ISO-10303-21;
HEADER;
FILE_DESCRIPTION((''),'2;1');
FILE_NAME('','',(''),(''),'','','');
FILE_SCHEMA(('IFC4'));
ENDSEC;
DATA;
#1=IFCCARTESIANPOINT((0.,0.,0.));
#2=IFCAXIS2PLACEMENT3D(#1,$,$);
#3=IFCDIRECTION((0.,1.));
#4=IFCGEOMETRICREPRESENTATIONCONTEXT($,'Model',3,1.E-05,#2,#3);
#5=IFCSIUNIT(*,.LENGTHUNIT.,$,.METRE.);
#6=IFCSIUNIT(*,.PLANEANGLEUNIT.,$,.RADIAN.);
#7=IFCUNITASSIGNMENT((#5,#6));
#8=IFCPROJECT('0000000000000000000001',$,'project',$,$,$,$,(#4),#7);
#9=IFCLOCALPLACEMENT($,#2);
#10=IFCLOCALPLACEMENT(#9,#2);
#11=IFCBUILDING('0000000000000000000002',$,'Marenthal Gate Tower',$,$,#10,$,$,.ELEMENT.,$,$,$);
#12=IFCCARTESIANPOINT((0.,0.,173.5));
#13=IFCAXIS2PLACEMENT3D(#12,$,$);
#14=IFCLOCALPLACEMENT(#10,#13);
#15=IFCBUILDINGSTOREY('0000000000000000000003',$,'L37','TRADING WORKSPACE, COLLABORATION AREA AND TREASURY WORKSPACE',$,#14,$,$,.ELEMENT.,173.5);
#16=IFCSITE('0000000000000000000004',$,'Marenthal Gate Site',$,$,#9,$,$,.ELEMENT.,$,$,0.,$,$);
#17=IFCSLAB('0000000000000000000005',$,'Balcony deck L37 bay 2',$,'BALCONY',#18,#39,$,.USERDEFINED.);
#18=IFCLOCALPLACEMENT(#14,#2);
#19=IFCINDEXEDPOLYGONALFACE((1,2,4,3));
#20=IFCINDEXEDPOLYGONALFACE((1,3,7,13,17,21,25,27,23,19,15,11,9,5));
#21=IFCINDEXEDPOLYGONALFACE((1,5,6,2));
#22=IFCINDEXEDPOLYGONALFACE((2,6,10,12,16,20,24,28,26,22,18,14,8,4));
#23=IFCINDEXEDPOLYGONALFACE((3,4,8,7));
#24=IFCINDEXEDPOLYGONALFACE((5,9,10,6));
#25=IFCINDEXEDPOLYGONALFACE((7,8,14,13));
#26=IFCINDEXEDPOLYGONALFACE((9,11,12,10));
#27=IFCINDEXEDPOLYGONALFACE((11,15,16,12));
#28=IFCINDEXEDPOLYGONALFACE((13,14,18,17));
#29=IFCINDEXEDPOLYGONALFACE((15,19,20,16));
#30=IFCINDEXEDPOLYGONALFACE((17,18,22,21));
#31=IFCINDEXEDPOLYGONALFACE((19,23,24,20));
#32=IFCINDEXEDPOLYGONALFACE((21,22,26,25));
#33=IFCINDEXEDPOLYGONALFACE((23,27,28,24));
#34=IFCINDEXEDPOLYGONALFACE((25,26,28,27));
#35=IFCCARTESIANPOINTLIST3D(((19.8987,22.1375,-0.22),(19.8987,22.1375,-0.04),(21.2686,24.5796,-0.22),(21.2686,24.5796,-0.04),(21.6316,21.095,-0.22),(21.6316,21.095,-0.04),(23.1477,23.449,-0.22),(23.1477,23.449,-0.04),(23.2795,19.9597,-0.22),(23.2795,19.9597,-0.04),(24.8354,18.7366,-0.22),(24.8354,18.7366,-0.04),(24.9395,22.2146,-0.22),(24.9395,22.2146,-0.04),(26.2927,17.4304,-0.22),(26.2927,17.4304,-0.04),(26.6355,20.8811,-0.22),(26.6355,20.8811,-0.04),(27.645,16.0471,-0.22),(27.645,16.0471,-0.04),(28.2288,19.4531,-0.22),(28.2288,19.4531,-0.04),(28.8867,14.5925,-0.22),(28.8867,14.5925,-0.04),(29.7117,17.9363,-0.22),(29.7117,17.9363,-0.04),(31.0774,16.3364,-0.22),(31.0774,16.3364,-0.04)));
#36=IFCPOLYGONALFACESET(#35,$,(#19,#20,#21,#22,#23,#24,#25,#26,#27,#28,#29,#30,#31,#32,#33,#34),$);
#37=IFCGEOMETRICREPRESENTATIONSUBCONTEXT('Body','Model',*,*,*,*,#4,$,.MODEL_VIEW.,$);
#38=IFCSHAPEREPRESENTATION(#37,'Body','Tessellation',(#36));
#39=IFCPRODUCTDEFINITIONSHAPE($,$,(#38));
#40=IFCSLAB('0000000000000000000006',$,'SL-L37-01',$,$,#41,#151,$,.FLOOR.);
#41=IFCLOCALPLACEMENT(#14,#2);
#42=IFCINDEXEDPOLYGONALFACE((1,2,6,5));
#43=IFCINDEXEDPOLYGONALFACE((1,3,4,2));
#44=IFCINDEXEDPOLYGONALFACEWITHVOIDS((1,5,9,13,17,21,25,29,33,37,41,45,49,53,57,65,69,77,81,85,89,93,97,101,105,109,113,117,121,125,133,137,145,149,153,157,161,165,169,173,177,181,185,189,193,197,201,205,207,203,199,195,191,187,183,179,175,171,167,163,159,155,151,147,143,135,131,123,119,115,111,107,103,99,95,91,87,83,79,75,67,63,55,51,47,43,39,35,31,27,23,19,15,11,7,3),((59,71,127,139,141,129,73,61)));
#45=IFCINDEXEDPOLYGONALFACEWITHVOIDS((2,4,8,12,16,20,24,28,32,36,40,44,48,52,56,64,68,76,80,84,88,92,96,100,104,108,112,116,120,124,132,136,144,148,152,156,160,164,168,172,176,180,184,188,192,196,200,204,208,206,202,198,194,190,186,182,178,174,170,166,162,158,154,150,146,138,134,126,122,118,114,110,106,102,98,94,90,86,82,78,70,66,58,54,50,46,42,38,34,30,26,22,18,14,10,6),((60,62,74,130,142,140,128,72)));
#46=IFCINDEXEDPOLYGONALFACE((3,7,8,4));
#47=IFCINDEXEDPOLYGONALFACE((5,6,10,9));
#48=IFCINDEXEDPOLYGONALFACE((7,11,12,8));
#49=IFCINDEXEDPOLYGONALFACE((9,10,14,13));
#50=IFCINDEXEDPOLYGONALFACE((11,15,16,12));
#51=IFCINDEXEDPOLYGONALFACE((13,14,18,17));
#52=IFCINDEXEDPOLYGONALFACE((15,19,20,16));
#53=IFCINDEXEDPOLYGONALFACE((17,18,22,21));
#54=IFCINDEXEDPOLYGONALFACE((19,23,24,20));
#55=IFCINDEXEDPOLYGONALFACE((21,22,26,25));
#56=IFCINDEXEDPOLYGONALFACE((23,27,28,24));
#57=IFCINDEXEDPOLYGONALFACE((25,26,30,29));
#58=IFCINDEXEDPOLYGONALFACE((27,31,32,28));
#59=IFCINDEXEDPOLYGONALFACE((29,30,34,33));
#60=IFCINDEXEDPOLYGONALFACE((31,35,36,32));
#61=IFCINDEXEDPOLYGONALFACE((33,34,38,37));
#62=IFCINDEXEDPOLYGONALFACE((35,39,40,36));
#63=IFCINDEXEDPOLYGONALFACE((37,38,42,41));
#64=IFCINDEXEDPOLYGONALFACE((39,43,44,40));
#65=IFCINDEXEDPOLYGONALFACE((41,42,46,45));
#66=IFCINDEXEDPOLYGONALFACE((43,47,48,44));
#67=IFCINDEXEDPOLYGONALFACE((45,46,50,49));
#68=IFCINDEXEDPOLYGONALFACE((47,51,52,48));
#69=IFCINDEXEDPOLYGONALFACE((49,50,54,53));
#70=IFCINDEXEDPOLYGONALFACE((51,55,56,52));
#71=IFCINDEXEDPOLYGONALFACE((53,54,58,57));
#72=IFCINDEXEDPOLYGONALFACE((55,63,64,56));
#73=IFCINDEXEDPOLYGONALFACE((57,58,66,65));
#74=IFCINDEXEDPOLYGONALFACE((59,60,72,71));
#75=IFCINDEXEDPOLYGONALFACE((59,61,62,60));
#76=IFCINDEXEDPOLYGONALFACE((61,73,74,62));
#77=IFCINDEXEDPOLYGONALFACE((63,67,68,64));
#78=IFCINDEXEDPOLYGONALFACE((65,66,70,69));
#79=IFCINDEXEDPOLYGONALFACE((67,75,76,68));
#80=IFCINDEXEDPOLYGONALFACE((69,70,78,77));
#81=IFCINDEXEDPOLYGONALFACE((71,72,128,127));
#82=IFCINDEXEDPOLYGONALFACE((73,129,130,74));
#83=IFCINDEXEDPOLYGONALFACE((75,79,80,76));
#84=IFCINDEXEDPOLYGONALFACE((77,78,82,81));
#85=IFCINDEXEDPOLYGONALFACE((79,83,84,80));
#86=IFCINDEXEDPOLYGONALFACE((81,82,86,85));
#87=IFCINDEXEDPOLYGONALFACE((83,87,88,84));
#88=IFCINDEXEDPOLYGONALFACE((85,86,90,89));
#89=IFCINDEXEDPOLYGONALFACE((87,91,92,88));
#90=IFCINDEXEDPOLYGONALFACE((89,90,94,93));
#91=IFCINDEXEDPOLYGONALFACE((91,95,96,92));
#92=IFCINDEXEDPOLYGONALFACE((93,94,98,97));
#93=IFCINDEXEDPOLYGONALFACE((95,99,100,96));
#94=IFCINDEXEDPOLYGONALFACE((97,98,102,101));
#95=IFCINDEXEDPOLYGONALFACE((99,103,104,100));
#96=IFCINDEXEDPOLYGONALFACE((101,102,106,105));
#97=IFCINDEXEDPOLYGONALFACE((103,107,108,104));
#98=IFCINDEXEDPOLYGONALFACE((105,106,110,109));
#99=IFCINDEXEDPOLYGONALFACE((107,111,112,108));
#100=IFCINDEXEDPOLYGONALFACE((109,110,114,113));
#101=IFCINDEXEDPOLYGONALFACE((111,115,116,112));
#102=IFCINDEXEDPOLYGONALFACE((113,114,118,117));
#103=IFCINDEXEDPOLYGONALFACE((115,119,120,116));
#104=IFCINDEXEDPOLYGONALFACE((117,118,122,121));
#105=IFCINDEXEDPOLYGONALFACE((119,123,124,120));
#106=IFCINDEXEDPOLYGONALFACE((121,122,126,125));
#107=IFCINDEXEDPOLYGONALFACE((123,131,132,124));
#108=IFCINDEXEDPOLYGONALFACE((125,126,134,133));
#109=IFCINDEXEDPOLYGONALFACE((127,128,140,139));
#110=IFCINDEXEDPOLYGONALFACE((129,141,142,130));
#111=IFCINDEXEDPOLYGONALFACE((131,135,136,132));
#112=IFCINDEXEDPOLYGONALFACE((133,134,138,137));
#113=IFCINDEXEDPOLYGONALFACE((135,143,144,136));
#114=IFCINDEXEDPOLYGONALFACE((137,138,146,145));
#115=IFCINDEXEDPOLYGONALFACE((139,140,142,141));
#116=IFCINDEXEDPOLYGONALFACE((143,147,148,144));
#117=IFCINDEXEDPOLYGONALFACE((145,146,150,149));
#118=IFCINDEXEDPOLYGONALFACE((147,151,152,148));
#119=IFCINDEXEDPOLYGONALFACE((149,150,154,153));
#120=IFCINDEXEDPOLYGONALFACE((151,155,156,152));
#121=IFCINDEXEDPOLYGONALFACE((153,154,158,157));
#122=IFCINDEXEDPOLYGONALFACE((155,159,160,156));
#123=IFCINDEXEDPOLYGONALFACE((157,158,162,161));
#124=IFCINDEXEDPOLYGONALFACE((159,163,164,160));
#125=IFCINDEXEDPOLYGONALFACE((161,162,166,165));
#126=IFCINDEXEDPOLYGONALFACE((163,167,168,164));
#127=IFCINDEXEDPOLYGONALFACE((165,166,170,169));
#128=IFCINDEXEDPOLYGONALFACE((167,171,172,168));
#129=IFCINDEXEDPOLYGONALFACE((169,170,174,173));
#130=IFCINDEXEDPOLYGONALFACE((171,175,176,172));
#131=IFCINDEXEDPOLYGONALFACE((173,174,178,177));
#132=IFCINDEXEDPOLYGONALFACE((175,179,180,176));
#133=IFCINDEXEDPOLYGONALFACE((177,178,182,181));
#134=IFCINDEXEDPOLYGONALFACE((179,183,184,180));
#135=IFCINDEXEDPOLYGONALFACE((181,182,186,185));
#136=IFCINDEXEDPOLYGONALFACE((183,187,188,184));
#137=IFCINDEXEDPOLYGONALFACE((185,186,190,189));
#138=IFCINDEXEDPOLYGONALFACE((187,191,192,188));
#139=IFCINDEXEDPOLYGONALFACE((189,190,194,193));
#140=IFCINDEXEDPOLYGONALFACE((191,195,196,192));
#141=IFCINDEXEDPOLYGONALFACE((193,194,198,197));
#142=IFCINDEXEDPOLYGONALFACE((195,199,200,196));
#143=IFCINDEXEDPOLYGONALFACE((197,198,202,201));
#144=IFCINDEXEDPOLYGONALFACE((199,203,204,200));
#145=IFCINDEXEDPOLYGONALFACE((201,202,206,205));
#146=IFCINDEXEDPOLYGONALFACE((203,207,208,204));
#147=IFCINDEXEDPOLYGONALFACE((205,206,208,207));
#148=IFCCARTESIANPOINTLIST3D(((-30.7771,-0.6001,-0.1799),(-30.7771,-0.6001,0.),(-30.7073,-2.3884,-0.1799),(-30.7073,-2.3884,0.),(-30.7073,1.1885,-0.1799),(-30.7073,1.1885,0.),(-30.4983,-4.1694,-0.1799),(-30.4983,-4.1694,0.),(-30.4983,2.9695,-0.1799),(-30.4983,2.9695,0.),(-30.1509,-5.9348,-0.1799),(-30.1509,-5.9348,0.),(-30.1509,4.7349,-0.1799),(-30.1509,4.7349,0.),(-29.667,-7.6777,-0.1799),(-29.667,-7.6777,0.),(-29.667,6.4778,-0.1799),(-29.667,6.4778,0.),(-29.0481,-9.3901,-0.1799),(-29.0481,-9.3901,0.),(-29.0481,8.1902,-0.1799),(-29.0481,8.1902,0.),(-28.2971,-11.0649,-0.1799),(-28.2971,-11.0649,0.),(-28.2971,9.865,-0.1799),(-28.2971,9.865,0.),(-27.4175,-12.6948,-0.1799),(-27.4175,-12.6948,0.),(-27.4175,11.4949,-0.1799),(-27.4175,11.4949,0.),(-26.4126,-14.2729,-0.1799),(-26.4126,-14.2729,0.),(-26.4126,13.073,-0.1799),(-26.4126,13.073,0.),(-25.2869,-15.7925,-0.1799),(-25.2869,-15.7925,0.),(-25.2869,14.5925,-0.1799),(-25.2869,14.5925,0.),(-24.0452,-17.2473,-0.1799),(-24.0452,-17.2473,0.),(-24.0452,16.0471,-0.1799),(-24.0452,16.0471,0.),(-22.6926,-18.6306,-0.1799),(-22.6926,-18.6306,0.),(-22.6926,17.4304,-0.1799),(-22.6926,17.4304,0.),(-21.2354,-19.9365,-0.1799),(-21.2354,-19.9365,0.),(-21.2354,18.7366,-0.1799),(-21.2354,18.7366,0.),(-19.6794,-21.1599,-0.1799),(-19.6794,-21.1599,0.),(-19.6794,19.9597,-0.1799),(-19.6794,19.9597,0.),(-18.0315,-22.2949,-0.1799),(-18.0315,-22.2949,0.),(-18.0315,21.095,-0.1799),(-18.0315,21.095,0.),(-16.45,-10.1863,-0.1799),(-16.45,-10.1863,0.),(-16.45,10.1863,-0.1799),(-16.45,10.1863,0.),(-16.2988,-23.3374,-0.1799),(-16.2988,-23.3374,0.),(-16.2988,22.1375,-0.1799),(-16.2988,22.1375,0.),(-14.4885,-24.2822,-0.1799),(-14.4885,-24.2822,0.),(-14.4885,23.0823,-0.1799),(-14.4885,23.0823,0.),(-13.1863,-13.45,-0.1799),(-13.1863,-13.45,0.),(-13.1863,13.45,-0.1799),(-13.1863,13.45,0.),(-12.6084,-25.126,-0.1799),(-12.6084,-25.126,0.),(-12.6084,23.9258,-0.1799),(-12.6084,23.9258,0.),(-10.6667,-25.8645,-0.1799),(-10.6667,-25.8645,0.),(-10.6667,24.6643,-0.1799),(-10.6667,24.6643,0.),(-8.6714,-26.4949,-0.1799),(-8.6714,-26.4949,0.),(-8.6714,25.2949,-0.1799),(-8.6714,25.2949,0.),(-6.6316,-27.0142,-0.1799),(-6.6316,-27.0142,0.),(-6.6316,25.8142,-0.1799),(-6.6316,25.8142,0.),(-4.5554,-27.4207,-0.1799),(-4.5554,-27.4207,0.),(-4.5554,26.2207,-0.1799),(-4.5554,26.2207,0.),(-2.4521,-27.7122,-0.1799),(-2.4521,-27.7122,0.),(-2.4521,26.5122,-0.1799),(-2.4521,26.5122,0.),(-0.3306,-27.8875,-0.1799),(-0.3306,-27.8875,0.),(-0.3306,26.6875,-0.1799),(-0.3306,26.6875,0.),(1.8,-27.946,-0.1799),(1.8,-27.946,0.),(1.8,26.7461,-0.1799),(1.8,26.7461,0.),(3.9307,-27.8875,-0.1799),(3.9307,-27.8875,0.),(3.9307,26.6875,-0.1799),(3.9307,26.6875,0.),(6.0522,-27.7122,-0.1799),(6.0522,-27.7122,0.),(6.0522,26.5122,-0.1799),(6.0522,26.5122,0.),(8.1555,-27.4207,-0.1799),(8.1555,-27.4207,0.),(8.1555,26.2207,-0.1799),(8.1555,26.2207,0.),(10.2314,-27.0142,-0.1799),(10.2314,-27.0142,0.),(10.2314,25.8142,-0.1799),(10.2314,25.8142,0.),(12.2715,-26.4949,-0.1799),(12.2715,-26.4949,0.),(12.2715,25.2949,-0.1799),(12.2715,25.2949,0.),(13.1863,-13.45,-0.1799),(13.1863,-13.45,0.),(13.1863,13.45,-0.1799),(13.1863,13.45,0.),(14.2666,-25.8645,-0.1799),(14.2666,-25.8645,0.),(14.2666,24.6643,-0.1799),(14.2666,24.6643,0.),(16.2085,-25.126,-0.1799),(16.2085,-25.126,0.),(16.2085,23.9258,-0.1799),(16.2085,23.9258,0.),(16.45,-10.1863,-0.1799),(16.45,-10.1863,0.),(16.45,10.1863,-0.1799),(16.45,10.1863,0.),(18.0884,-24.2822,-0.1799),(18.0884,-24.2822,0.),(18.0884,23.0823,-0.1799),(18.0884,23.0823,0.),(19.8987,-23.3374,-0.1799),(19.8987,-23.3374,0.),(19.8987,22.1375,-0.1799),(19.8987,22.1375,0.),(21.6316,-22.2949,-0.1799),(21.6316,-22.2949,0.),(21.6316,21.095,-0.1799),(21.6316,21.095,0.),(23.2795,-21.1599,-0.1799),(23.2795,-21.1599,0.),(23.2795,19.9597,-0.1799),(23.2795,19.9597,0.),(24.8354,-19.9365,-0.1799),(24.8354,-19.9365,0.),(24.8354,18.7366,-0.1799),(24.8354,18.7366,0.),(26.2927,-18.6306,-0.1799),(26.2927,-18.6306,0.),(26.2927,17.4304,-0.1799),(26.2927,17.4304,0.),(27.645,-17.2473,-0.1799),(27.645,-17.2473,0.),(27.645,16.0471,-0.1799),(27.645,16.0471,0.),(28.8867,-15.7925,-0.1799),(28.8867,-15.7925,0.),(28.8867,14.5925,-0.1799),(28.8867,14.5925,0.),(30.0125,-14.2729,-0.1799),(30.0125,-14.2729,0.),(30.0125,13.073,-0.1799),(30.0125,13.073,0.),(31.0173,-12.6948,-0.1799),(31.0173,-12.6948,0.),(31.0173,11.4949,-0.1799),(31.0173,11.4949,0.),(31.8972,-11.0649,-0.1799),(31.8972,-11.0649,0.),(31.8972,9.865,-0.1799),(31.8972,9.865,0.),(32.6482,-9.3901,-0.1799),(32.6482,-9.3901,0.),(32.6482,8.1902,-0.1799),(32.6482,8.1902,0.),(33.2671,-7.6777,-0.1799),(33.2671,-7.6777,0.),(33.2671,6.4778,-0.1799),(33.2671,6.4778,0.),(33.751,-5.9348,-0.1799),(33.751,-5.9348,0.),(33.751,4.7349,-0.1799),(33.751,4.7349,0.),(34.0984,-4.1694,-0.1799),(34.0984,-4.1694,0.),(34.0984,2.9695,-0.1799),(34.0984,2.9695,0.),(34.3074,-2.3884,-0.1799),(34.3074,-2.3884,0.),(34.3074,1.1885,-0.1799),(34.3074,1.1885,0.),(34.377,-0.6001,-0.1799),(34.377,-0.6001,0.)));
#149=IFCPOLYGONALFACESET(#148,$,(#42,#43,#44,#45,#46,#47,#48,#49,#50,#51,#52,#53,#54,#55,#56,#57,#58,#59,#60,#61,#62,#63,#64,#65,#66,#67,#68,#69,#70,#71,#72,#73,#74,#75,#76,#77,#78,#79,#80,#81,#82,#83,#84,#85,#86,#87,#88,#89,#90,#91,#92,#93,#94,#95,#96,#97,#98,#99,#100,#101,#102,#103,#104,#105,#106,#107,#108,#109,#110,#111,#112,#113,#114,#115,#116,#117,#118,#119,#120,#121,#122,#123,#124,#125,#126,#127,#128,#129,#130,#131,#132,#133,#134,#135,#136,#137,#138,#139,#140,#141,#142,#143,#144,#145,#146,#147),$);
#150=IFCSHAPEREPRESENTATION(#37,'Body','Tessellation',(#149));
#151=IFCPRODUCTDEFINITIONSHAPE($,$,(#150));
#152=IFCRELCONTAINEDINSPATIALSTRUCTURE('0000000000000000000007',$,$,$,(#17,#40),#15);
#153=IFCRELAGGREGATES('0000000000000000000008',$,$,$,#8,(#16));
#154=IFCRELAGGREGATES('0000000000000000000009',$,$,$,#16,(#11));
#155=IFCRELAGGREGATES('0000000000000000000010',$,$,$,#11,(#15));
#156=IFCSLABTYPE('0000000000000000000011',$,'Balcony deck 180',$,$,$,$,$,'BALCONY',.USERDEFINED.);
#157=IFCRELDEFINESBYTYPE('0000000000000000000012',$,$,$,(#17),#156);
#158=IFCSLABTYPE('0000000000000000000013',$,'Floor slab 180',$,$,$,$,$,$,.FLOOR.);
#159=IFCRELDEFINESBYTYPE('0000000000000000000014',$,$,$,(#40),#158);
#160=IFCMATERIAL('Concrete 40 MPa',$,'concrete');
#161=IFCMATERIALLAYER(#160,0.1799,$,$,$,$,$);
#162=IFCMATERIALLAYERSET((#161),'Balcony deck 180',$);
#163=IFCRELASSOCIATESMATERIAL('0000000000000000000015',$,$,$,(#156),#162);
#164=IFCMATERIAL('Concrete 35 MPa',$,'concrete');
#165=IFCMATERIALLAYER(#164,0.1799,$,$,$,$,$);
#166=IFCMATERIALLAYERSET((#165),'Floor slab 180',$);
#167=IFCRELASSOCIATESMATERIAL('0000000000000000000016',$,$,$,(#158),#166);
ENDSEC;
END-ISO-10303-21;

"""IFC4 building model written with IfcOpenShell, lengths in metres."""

from ifc_helpers import new_model, si_unit, direction, frame, origin, place, context, subcontext, project, spatial, polyline, outline, extrude, material, layer, layer_set, type_object, element, save


model = new_model("IFC4")

# Units and contexts
model_context = context("Model", 3, precision=1e-05, world=origin(), true_north=direction((0.0, 1.0)))
body_context = subcontext(model_context, "Body", "Model", "MODEL_VIEW")
ifc_project = project(units=[si_unit("LENGTHUNIT", "METRE"), si_unit("PLANEANGLEUNIT", "RADIAN")], contexts=[model_context])

# Site, building, storey
site_placement = place(None, origin())
site = spatial("IfcSite", under=ifc_project, at=site_placement, Name="Marenthal Gate Site", CompositionType="ELEMENT", RefElevation=0.0)
building_placement = place(site_placement, origin())
building = spatial("IfcBuilding", under=site, at=building_placement, Name="Marenthal Gate Tower", CompositionType="ELEMENT")
storey_placement = place(building_placement, frame((0.0, 0.0, 173.5)))
storey = spatial("IfcBuildingStorey", under=building, at=storey_placement, Name="L37", Description="TRADING WORKSPACE, COLLABORATION AREA AND TREASURY WORKSPACE", CompositionType="ELEMENT", Elevation=173.5)

# Slabs
ifc_material_1 = material(Name="Concrete 40 MPa", Category="concrete")
ifc_layer_1 = layer(ifc_material_1, 0.1799)
ifc_layer_set_1 = layer_set([ifc_layer_1], Name="Balcony deck 180")
slab_type_1 = type_object("IfcSlabType", Name="Balcony deck 180", ElementType="BALCONY", PredefinedType="USERDEFINED", material=ifc_layer_set_1)
slab_1_placement = place(storey_placement, frame((0.0, 0.0, -0.22)))
element("IfcSlab", 1, at=slab_1_placement, inside=storey, type_object=slab_type_1, Name="Balcony deck L37 bay 2", ObjectType="BALCONY", PredefinedType="USERDEFINED", context=body_context, shape_type="SweptSolid", body=[
    extrude(outline(polyline([(28.8867, 14.5925), (27.645, 16.0471), (26.2927, 17.4304), (24.8354, 18.7366), (23.2795, 19.9597), (21.6316, 21.095), (19.8987, 22.1375), (21.2686, 24.5796), (23.1477, 23.449), (24.9395, 22.2146), (26.6355, 20.8811), (28.2288, 19.4531), (29.7117, 17.9363), (31.0774, 16.3364), (28.8867, 14.5925)])), origin(), (0.0, 0.0, 1.0), 0.1799),
])
ifc_material_2 = material(Name="Concrete 35 MPa", Category="concrete")
ifc_layer_2 = layer(ifc_material_2, 0.1799)
ifc_layer_set_2 = layer_set([ifc_layer_2], Name="Floor slab 180")
slab_type_2 = type_object("IfcSlabType", Name="Floor slab 180", PredefinedType="FLOOR", material=ifc_layer_set_2)
slab_2_placement = place(storey_placement, frame((0.0, 0.0, -0.1799)))
element("IfcSlab", 2, at=slab_2_placement, inside=storey, type_object=slab_type_2, Name="SL-L37-01", PredefinedType="FLOOR", context=body_context, shape_type="SweptSolid", body=[
    extrude(outline(polyline([(34.377, -0.6001), (34.3074, 1.1885), (34.0984, 2.9695), (33.751, 4.7349), (33.2671, 6.4778), (32.6482, 8.1902), (31.8972, 9.865), (31.0173, 11.4949), (30.0125, 13.073), (28.8867, 14.5925), (27.645, 16.0471), (26.2927, 17.4304), (24.8354, 18.7366), (23.2795, 19.9597), (21.6316, 21.095), (19.8987, 22.1375), (18.0884, 23.0823), (16.2085, 23.9258), (14.2666, 24.6643), (12.2715, 25.2949), (10.2314, 25.8142), (8.1555, 26.2207), (6.0522, 26.5122), (3.9307, 26.6875), (1.8, 26.7461), (-0.3306, 26.6875), (-2.4521, 26.5122), (-4.5554, 26.2207), (-6.6316, 25.8142), (-8.6714, 25.2949), (-10.6667, 24.6643), (-12.6084, 23.9258), (-14.4885, 23.0823), (-16.2988, 22.1375), (-18.0315, 21.095), (-19.6794, 19.9597), (-21.2354, 18.7366), (-22.6926, 17.4304), (-24.0452, 16.0471), (-25.2869, 14.5925), (-26.4126, 13.073), (-27.4175, 11.4949), (-28.2971, 9.865), (-29.0481, 8.1902), (-29.667, 6.4778), (-30.1509, 4.7349), (-30.4983, 2.9695), (-30.7073, 1.1885), (-30.7771, -0.6001), (-30.7073, -2.3884), (-30.4983, -4.1694), (-30.1509, -5.9348), (-29.667, -7.6777), (-29.0481, -9.3901), (-28.2971, -11.0649), (-27.4175, -12.6948), (-26.4126, -14.2729), (-25.2869, -15.7925), (-24.0452, -17.2473), (-22.6926, -18.6306), (-21.2354, -19.9365), (-19.6794, -21.1599), (-18.0315, -22.2949), (-16.2988, -23.3374), (-14.4885, -24.2822), (-12.6084, -25.126), (-10.6667, -25.8645), (-8.6714, -26.4949), (-6.6316, -27.0142), (-4.5554, -27.4207), (-2.4521, -27.7122), (-0.3306, -27.8875), (1.8, -27.946), (3.9307, -27.8875), (6.0522, -27.7122), (8.1555, -27.4207), (10.2314, -27.0142), (12.2715, -26.4949), (14.2666, -25.8645), (16.2085, -25.126), (18.0884, -24.2822), (19.8987, -23.3374), (21.6316, -22.2949), (23.2795, -21.1599), (24.8354, -19.9365), (26.2927, -18.6306), (27.645, -17.2473), (28.8867, -15.7925), (30.0125, -14.2729), (31.0173, -12.6948), (31.8972, -11.0649), (32.6482, -9.3901), (33.2671, -7.6777), (33.751, -5.9348), (34.0984, -4.1694), (34.3074, -2.3884), (34.377, -0.6001)]), holes=[polyline([(13.1863, -13.45), (16.45, -10.1863), (16.45, 10.1863), (13.1863, 13.45), (-13.1863, 13.45), (-16.45, 10.1863), (-16.45, -10.1863), (-13.1863, -13.45), (13.1863, -13.45)])]), origin(), (0.0, 0.0, 1.0), 0.1799),
])

save(model, "model.ifc")
